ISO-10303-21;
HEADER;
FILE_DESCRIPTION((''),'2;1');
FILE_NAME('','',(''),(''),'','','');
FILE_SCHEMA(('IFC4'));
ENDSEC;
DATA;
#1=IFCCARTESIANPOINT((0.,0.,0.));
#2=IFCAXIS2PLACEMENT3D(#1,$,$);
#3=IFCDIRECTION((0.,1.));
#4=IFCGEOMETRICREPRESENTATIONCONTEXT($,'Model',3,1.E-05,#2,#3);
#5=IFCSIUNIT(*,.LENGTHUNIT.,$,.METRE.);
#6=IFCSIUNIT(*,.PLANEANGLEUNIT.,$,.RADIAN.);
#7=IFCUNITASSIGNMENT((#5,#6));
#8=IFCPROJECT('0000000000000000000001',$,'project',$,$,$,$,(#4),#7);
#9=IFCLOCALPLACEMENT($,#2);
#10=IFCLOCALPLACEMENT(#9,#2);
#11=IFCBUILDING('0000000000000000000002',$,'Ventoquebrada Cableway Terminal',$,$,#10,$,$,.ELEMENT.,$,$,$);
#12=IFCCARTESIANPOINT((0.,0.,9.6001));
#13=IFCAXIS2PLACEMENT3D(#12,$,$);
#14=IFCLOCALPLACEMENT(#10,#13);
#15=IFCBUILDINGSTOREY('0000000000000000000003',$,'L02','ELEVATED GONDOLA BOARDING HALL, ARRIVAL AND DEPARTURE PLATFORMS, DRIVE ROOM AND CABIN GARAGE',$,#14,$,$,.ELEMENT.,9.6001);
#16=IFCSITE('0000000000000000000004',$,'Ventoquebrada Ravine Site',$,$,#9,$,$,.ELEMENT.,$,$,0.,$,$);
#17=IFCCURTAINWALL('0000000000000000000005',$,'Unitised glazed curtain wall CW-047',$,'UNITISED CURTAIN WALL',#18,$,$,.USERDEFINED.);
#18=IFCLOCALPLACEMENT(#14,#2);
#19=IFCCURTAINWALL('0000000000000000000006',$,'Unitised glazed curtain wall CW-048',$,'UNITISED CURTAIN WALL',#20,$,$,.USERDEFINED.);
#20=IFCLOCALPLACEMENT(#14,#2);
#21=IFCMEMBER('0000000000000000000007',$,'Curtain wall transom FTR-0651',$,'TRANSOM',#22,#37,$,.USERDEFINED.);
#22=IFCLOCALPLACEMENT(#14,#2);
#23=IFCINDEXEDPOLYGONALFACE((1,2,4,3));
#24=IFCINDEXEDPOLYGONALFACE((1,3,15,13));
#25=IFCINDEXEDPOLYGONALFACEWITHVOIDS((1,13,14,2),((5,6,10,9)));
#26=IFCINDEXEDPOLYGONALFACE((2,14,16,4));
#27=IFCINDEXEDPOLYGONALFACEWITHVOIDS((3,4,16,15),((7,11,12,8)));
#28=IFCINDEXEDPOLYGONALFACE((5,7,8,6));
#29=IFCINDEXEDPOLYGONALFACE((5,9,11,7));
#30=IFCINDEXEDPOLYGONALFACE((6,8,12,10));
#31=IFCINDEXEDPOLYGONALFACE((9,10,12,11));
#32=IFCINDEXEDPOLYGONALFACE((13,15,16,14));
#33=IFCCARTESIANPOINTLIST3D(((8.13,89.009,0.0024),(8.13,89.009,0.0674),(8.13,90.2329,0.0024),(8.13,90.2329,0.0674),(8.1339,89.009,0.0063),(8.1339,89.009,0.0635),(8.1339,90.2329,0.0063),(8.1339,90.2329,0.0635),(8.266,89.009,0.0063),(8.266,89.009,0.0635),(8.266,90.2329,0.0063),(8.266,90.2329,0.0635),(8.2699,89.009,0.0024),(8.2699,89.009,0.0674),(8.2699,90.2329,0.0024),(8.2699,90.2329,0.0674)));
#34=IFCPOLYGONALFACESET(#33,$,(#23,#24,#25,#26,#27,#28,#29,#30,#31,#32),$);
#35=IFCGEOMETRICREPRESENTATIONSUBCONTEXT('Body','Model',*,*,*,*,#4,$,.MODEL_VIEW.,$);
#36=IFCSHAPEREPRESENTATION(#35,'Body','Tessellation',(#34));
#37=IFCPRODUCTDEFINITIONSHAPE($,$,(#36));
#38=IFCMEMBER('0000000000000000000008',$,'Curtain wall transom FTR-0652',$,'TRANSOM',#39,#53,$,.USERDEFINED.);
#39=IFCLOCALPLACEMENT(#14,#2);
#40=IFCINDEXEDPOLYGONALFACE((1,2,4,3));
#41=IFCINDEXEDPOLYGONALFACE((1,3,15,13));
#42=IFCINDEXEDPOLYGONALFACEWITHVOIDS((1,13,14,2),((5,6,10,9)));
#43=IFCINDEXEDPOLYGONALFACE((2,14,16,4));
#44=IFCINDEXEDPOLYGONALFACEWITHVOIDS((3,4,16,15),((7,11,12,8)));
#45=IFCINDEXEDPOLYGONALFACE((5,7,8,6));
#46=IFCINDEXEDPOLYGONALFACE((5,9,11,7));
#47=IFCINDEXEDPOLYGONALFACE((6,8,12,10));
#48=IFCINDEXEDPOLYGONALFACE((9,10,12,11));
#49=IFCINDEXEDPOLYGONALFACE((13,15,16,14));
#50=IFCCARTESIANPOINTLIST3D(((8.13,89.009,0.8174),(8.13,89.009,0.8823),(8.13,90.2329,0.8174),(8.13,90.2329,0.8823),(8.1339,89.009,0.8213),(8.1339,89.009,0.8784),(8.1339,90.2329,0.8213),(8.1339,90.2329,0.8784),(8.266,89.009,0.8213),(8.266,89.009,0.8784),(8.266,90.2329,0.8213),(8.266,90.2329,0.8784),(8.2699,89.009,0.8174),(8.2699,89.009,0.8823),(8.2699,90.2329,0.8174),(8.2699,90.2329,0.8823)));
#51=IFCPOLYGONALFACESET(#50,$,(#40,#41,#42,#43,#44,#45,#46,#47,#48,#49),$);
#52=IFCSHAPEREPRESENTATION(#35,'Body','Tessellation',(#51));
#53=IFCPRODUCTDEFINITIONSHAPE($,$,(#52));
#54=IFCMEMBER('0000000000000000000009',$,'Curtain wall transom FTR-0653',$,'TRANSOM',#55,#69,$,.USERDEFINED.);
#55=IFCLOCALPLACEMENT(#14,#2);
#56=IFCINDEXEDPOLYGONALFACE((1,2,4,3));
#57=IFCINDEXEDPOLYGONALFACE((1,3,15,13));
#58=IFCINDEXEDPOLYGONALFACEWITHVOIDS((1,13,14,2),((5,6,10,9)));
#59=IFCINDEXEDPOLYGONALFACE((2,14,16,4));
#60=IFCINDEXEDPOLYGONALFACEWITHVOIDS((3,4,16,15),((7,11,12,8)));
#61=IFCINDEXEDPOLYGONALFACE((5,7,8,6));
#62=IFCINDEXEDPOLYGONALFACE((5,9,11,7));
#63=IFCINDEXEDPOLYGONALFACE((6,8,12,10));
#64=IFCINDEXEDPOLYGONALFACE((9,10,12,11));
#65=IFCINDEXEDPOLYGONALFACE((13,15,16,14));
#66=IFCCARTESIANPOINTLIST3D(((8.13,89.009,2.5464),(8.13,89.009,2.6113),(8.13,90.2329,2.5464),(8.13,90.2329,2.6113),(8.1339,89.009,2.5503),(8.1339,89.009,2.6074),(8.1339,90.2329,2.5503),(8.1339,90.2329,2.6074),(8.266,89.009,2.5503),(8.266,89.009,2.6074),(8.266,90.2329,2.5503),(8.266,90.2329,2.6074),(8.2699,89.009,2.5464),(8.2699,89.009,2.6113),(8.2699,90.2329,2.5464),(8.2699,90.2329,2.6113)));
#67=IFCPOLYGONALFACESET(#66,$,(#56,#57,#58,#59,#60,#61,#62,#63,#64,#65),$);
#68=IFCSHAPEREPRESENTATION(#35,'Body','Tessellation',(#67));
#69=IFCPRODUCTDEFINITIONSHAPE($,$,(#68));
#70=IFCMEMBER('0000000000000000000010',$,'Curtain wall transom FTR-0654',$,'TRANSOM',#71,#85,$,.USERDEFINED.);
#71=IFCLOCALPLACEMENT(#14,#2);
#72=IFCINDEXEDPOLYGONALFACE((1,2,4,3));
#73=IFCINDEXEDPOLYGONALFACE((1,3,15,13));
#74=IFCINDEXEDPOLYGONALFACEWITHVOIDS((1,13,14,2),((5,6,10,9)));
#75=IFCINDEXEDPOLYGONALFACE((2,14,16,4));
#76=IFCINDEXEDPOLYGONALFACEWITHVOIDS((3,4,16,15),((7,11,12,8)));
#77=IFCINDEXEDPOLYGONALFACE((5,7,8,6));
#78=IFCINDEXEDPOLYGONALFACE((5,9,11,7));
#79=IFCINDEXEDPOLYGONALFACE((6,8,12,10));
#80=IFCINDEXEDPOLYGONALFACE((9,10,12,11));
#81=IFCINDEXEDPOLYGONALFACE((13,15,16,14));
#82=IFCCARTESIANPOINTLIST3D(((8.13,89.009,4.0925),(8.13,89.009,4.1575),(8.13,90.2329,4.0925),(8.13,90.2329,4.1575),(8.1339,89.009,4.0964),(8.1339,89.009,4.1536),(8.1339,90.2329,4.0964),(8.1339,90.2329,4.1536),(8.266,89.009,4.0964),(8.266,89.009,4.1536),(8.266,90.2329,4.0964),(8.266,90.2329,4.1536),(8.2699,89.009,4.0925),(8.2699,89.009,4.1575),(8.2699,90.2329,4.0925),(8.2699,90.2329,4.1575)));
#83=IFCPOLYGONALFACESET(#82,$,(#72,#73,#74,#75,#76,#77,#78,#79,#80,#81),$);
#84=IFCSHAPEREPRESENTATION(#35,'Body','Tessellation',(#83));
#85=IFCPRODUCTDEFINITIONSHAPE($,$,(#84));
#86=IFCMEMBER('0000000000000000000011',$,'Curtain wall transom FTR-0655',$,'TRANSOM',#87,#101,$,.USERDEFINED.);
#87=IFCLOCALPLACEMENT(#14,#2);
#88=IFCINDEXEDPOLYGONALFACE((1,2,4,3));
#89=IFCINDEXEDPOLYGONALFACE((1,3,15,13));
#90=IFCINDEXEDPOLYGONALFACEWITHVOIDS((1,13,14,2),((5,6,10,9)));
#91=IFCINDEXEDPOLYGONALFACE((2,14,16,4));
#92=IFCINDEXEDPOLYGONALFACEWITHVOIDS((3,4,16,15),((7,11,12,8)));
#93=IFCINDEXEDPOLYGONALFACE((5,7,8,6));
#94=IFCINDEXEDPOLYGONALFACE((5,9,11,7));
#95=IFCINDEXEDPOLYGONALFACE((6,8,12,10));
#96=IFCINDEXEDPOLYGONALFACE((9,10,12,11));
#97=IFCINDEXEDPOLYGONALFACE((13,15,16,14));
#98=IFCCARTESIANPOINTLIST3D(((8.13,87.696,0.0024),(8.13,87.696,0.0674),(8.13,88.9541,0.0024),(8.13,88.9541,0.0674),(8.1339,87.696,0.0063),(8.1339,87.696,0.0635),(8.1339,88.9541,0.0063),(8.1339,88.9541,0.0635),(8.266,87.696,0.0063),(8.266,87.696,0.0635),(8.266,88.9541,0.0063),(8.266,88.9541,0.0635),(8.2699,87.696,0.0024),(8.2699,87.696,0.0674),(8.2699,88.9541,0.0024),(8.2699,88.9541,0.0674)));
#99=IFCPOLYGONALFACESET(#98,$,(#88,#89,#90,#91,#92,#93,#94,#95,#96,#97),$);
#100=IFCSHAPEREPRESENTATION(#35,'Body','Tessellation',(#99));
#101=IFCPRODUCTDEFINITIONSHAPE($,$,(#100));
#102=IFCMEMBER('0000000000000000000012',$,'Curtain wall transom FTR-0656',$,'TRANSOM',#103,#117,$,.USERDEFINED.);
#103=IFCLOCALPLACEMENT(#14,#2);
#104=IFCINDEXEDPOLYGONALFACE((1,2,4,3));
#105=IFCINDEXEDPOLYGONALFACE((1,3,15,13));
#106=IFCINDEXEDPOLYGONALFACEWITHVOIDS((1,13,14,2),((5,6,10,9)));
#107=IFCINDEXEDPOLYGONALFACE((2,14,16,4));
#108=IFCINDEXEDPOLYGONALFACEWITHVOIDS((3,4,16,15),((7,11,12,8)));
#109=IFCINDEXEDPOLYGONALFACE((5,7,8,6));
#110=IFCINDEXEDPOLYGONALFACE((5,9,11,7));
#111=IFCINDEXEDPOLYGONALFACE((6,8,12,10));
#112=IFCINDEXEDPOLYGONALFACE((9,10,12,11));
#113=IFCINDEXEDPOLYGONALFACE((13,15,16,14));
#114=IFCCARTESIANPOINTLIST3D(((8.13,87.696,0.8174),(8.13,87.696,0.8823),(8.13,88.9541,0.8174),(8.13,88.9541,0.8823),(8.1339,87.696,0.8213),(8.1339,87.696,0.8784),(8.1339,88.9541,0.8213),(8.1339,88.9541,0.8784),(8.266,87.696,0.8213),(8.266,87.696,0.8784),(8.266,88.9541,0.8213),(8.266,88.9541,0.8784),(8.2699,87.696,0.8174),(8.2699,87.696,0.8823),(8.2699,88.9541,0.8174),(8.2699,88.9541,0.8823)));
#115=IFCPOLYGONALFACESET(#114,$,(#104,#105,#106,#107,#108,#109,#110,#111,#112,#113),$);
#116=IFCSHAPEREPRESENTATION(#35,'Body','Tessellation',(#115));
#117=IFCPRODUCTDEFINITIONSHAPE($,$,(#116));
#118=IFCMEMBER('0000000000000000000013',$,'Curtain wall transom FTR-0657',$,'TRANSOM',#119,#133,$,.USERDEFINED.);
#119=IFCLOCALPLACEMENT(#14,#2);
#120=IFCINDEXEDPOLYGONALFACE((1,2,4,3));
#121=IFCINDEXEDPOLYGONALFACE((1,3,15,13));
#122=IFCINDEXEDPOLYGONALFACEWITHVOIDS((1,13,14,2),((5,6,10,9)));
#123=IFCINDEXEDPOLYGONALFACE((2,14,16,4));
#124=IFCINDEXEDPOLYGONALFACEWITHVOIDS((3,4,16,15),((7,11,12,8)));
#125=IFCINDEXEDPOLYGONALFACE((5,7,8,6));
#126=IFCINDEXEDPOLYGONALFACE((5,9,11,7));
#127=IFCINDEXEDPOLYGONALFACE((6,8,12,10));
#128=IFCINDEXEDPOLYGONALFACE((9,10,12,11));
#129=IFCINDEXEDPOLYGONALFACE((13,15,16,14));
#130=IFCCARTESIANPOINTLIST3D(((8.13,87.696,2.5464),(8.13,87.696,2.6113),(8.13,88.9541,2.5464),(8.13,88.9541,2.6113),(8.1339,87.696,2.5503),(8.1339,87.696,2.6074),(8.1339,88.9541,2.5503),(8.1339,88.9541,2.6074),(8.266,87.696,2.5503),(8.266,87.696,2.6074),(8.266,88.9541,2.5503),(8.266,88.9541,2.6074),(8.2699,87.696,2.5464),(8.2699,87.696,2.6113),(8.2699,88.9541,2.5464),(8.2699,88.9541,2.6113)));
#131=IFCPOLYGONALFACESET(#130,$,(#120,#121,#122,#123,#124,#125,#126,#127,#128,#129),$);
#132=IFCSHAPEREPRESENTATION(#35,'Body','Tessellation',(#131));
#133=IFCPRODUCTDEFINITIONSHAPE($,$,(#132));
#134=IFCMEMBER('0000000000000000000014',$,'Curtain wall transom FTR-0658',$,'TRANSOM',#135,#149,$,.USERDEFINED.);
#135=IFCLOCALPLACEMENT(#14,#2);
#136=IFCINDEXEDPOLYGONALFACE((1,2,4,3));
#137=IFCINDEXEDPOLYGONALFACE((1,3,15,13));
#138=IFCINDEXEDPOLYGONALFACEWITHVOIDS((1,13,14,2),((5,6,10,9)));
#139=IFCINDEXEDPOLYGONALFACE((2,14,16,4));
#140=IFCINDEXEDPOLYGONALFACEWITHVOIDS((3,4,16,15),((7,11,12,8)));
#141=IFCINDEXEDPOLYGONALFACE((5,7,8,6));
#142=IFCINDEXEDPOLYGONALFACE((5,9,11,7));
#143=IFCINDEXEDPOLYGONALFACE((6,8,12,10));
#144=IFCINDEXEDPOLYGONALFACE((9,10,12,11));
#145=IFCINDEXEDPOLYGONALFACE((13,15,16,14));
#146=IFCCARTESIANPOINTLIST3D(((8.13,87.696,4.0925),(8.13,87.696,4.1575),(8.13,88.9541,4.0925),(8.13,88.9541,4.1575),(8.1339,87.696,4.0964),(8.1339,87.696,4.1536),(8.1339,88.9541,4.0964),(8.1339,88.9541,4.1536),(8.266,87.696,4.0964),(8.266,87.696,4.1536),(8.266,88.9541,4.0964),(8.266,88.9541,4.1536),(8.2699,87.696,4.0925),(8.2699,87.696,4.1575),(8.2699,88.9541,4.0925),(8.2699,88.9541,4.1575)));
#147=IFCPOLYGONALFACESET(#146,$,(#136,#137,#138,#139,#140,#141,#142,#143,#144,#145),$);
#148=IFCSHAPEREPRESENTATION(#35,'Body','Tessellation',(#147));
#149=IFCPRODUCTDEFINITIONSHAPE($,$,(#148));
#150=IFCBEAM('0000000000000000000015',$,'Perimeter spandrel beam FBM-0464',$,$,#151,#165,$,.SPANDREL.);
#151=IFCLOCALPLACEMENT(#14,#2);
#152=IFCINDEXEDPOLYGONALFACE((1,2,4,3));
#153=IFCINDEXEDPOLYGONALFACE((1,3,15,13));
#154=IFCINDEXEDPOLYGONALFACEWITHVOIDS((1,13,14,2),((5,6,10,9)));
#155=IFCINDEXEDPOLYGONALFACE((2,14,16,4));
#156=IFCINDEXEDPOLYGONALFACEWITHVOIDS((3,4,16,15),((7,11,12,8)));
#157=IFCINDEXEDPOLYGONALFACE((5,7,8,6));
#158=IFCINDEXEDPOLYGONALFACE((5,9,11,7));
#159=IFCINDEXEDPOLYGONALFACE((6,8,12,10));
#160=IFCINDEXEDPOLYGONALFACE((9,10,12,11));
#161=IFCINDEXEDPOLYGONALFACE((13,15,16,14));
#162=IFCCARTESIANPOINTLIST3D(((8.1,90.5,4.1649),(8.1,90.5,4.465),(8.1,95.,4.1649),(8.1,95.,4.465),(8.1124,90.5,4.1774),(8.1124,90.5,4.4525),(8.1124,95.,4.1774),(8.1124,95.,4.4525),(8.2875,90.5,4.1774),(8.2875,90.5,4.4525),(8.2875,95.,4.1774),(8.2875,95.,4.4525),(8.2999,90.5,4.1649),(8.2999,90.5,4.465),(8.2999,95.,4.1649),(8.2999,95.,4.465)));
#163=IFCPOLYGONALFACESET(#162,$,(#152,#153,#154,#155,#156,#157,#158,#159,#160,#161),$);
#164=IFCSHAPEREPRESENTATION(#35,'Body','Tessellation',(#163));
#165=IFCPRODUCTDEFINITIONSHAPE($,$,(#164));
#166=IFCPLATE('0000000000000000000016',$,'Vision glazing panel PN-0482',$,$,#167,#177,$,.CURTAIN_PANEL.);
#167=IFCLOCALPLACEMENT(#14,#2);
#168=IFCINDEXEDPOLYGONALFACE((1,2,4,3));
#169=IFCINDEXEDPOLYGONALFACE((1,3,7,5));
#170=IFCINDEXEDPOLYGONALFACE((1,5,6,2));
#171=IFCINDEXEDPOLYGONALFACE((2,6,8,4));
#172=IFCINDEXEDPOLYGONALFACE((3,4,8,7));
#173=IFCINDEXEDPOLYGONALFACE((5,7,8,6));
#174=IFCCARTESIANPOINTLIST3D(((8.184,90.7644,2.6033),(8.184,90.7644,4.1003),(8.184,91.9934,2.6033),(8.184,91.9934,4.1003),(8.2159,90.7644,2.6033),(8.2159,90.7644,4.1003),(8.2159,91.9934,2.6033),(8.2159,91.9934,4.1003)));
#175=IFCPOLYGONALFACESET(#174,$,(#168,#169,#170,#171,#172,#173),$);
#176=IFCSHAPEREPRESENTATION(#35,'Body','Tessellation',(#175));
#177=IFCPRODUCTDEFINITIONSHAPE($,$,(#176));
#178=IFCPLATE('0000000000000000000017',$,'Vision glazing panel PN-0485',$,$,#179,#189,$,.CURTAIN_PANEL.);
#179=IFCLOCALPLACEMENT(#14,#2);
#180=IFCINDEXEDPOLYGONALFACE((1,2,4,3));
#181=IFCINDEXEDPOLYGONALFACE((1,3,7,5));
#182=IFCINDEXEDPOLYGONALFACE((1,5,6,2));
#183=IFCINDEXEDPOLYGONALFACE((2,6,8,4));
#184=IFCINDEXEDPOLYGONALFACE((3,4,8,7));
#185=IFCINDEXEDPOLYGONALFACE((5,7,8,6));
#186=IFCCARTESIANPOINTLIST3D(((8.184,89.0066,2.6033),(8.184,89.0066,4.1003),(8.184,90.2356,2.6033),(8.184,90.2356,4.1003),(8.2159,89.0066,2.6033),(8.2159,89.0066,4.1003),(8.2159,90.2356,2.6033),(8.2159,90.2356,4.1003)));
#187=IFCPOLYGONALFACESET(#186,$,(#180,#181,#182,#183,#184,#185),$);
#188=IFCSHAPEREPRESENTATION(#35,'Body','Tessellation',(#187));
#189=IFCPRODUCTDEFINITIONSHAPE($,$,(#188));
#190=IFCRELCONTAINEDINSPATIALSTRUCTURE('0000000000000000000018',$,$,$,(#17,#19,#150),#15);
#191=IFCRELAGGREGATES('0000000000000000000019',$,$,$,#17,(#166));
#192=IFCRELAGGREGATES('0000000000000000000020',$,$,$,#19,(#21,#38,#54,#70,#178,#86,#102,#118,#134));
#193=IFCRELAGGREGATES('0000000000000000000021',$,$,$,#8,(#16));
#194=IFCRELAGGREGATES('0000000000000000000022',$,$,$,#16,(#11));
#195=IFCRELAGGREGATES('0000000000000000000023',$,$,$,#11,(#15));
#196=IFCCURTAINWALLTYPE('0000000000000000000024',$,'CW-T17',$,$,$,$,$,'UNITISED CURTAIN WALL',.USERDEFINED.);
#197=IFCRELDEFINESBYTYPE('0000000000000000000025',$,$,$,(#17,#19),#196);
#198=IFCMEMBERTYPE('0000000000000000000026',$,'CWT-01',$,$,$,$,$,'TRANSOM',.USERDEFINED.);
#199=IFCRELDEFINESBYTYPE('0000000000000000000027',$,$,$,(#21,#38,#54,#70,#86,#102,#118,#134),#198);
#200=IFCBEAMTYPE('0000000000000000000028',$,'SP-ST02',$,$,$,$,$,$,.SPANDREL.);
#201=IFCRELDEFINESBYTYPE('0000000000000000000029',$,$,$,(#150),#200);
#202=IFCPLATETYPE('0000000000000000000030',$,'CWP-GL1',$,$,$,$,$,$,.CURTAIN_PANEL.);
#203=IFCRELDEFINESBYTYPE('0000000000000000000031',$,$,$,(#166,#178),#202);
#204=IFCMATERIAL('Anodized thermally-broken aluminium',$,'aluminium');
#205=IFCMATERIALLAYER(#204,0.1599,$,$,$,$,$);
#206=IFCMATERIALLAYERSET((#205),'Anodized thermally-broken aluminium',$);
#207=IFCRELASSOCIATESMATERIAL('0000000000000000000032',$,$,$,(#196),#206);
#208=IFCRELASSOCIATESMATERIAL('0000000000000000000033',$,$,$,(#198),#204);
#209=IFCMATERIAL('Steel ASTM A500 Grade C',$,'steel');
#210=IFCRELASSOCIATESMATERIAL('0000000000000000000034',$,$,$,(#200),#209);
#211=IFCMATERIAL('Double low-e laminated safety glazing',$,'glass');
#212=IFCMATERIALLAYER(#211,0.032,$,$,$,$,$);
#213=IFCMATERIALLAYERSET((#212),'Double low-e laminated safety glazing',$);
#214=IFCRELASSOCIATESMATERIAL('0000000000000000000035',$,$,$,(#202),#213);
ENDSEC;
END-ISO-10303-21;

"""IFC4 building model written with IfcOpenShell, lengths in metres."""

from ifc_helpers import new_model, si_unit, direction, frame, origin, origin_2d, place, context, subcontext, project, spatial, rectangle, hollow_rectangle, extrude, material, layer, layer_set, material_profile, profile_set, type_object, element, aggregate, save


model = new_model("IFC4")

# Units and contexts
model_context = context("Model", 3, precision=1e-05, world=origin(), true_north=direction((0.0, 1.0)))
body_context = subcontext(model_context, "Body", "Model", "MODEL_VIEW")
ifc_project = project(units=[si_unit("LENGTHUNIT", "METRE"), si_unit("PLANEANGLEUNIT", "RADIAN")], contexts=[model_context])

# Site, building, storey
site_placement = place(None, origin())
site = spatial("IfcSite", under=ifc_project, at=site_placement, Name="Ventoquebrada Ravine Site", CompositionType="ELEMENT", RefElevation=0.0)
building_placement = place(site_placement, origin())
building = spatial("IfcBuilding", under=site, at=building_placement, Name="Ventoquebrada Cableway Terminal", CompositionType="ELEMENT")
storey_placement = place(building_placement, frame((0.0, 0.0, 9.6001)))
storey = spatial("IfcBuildingStorey", under=building, at=storey_placement, Name="L02", Description="ELEVATED GONDOLA BOARDING HALL, ARRIVAL AND DEPARTURE PLATFORMS, DRIVE ROOM AND CABIN GARAGE", CompositionType="ELEMENT", Elevation=9.6001)

# Curtain wall
ifc_material_1 = material(Name="Anodized thermally-broken aluminium", Category="aluminium")
ifc_layer_1 = layer(ifc_material_1, 0.1599)
ifc_layer_set_1 = layer_set([ifc_layer_1], Name="Anodized thermally-broken aluminium")
curtain_wall_type = type_object("IfcCurtainWallType", Name="CW-T17", ElementType="UNITISED CURTAIN WALL", PredefinedType="USERDEFINED", material=ifc_layer_set_1)
curtain_wall_1_placement = place(storey_placement, origin())
curtain_wall_1 = element("IfcCurtainWall", 1, at=curtain_wall_1_placement, inside=storey, type_object=curtain_wall_type, Name="Unitised glazed curtain wall CW-047", ObjectType="UNITISED CURTAIN WALL", PredefinedType="USERDEFINED")

# Curtain wall
curtain_wall_2_placement = place(storey_placement, origin())
curtain_wall_2 = element("IfcCurtainWall", 2, at=curtain_wall_2_placement, inside=storey, type_object=curtain_wall_type, Name="Unitised glazed curtain wall CW-048", ObjectType="UNITISED CURTAIN WALL", PredefinedType="USERDEFINED")

# Members
ifc_material_profile_1 = material_profile(ifc_material_1, hollow_rectangle(XDim=0.0649, YDim=0.1399, WallThickness=0.0039, at=origin_2d()), Name="CW-TRN-65X140")
ifc_profile_set_1 = profile_set([ifc_material_profile_1], Name="Anodized thermally-broken aluminium")
member_type_1 = type_object("IfcMemberType", Name="CWT-01", ElementType="TRANSOM", PredefinedType="USERDEFINED", material=ifc_profile_set_1)
member_1_placement = place(storey_placement, frame((8.2, 90.2329, 0.0349), z_axis=(0.0, -1.0, 0.0), x_axis=(0.0, 0.0, 1.0)))
member_1 = element("IfcMember", 3, at=member_1_placement, type_object=member_type_1, Name="Curtain wall transom FTR-0651", ObjectType="TRANSOM", PredefinedType="USERDEFINED", context=body_context, shape_type="SweptSolid", body=[
    extrude(hollow_rectangle(XDim=0.0649, YDim=0.1399, WallThickness=0.0039, at=origin_2d()), origin(), (0.0, 0.0, 1.0), 1.2239),
])
member_2_placement = place(storey_placement, frame((8.2, 90.2329, 0.8499), z_axis=(0.0, -1.0, 0.0), x_axis=(0.0, 0.0, 1.0)))
member_2 = element("IfcMember", 4, at=member_2_placement, type_object=member_type_1, Name="Curtain wall transom FTR-0652", ObjectType="TRANSOM", PredefinedType="USERDEFINED", context=body_context, shape_type="SweptSolid", body=[
    extrude(hollow_rectangle(XDim=0.0649, YDim=0.1399, WallThickness=0.0039, at=origin_2d()), origin(), (0.0, 0.0, 1.0), 1.2239),
])
member_3_placement = place(storey_placement, frame((8.2, 90.2329, 2.5789), z_axis=(0.0, -1.0, 0.0), x_axis=(0.0, 0.0, 1.0)))
member_3 = element("IfcMember", 5, at=member_3_placement, type_object=member_type_1, Name="Curtain wall transom FTR-0653", ObjectType="TRANSOM", PredefinedType="USERDEFINED", context=body_context, shape_type="SweptSolid", body=[
    extrude(hollow_rectangle(XDim=0.0649, YDim=0.1399, WallThickness=0.0039, at=origin_2d()), origin(), (0.0, 0.0, 1.0), 1.2239),
])
member_4_placement = place(storey_placement, frame((8.2, 90.2329, 4.125), z_axis=(0.0, -1.0, 0.0), x_axis=(0.0, 0.0, 1.0)))
member_4 = element("IfcMember", 6, at=member_4_placement, type_object=member_type_1, Name="Curtain wall transom FTR-0654", ObjectType="TRANSOM", PredefinedType="USERDEFINED", context=body_context, shape_type="SweptSolid", body=[
    extrude(hollow_rectangle(XDim=0.0649, YDim=0.1399, WallThickness=0.0039, at=origin_2d()), origin(), (0.0, 0.0, 1.0), 1.2239),
])
member_5_placement = place(storey_placement, frame((8.2, 88.9541, 0.0349), z_axis=(0.0, -1.0, 0.0), x_axis=(0.0, 0.0, 1.0)))
member_5 = element("IfcMember", 7, at=member_5_placement, type_object=member_type_1, Name="Curtain wall transom FTR-0655", ObjectType="TRANSOM", PredefinedType="USERDEFINED", context=body_context, shape_type="SweptSolid", body=[
    extrude(hollow_rectangle(XDim=0.0649, YDim=0.1399, WallThickness=0.0039, at=origin_2d()), origin(), (0.0, 0.0, 1.0), 1.2581),
])
member_6_placement = place(storey_placement, frame((8.2, 88.9541, 0.8499), z_axis=(0.0, -1.0, 0.0), x_axis=(0.0, 0.0, 1.0)))
member_6 = element("IfcMember", 8, at=member_6_placement, type_object=member_type_1, Name="Curtain wall transom FTR-0656", ObjectType="TRANSOM", PredefinedType="USERDEFINED", context=body_context, shape_type="SweptSolid", body=[
    extrude(hollow_rectangle(XDim=0.0649, YDim=0.1399, WallThickness=0.0039, at=origin_2d()), origin(), (0.0, 0.0, 1.0), 1.2581),
])
member_7_placement = place(storey_placement, frame((8.2, 88.9541, 2.5789), z_axis=(0.0, -1.0, 0.0), x_axis=(0.0, 0.0, 1.0)))
member_7 = element("IfcMember", 9, at=member_7_placement, type_object=member_type_1, Name="Curtain wall transom FTR-0657", ObjectType="TRANSOM", PredefinedType="USERDEFINED", context=body_context, shape_type="SweptSolid", body=[
    extrude(hollow_rectangle(XDim=0.0649, YDim=0.1399, WallThickness=0.0039, at=origin_2d()), origin(), (0.0, 0.0, 1.0), 1.2581),
])
member_8_placement = place(storey_placement, frame((8.2, 88.9541, 4.125), z_axis=(0.0, -1.0, 0.0), x_axis=(0.0, 0.0, 1.0)))
member_8 = element("IfcMember", 10, at=member_8_placement, type_object=member_type_1, Name="Curtain wall transom FTR-0658", ObjectType="TRANSOM", PredefinedType="USERDEFINED", context=body_context, shape_type="SweptSolid", body=[
    extrude(hollow_rectangle(XDim=0.0649, YDim=0.1399, WallThickness=0.0039, at=origin_2d()), origin(), (0.0, 0.0, 1.0), 1.2581),
])

# Beam
ifc_material_2 = material(Name="Steel ASTM A500 Grade C", Category="steel")
ifc_material_profile_2 = material_profile(ifc_material_2, hollow_rectangle(XDim=0.2, YDim=0.3, WallThickness=0.0125, at=origin_2d()), Name="RHS300X200X12.5")
ifc_profile_set_2 = profile_set([ifc_material_profile_2], Name="Steel ASTM A500 Grade C")
beam_type_1 = type_object("IfcBeamType", Name="SP-ST02", PredefinedType="SPANDREL", material=ifc_profile_set_2)
beam_1_placement = place(storey_placement, frame((8.2, 90.5, 4.3149), z_axis=(0.0, 1.0, 0.0), x_axis=(-1.0, 0.0, 0.0)))
element("IfcBeam", 11, at=beam_1_placement, inside=storey, type_object=beam_type_1, Name="Perimeter spandrel beam FBM-0464", PredefinedType="SPANDREL", context=body_context, shape_type="SweptSolid", body=[
    extrude(hollow_rectangle(XDim=0.2, YDim=0.3, WallThickness=0.0125, at=origin_2d()), origin(), (0.0, 0.0, 1.0), 4.5),
])

# Plates
ifc_material_3 = material(Name="Double low-e laminated safety glazing", Category="glass")
ifc_layer_2 = layer(ifc_material_3, 0.032)
ifc_layer_set_2 = layer_set([ifc_layer_2], Name="Double low-e laminated safety glazing")
plate_type_1 = type_object("IfcPlateType", Name="CWP-GL1", PredefinedType="CURTAIN_PANEL", material=ifc_layer_set_2)
plate_1_placement = place(storey_placement, frame((8.2, 91.3789, 2.6033), z_axis=(0.0, 0.0, 1.0), x_axis=(0.0, -1.0, 0.0)))
plate_1 = element("IfcPlate", 12, at=plate_1_placement, type_object=plate_type_1, Name="Vision glazing panel PN-0482", PredefinedType="CURTAIN_PANEL", context=body_context, shape_type="SweptSolid", body=[
    extrude(rectangle(XDim=1.229, YDim=0.032, at=origin_2d()), origin(), (0.0, 0.0, 1.0), 1.4971),
])
plate_2_placement = place(storey_placement, frame((8.2, 89.6211, 2.6033), z_axis=(0.0, 0.0, 1.0), x_axis=(0.0, -1.0, 0.0)))
plate_2 = element("IfcPlate", 13, at=plate_2_placement, type_object=plate_type_1, Name="Vision glazing panel PN-0485", PredefinedType="CURTAIN_PANEL", context=body_context, shape_type="SweptSolid", body=[
    extrude(rectangle(XDim=1.229, YDim=0.032, at=origin_2d()), origin(), (0.0, 0.0, 1.0), 1.4971),
])
aggregate(curtain_wall_1, [plate_1])
aggregate(curtain_wall_2, [member_1, member_2, member_3, member_4, plate_2, member_5, member_6, member_7, member_8])

save(model, "model.ifc")
